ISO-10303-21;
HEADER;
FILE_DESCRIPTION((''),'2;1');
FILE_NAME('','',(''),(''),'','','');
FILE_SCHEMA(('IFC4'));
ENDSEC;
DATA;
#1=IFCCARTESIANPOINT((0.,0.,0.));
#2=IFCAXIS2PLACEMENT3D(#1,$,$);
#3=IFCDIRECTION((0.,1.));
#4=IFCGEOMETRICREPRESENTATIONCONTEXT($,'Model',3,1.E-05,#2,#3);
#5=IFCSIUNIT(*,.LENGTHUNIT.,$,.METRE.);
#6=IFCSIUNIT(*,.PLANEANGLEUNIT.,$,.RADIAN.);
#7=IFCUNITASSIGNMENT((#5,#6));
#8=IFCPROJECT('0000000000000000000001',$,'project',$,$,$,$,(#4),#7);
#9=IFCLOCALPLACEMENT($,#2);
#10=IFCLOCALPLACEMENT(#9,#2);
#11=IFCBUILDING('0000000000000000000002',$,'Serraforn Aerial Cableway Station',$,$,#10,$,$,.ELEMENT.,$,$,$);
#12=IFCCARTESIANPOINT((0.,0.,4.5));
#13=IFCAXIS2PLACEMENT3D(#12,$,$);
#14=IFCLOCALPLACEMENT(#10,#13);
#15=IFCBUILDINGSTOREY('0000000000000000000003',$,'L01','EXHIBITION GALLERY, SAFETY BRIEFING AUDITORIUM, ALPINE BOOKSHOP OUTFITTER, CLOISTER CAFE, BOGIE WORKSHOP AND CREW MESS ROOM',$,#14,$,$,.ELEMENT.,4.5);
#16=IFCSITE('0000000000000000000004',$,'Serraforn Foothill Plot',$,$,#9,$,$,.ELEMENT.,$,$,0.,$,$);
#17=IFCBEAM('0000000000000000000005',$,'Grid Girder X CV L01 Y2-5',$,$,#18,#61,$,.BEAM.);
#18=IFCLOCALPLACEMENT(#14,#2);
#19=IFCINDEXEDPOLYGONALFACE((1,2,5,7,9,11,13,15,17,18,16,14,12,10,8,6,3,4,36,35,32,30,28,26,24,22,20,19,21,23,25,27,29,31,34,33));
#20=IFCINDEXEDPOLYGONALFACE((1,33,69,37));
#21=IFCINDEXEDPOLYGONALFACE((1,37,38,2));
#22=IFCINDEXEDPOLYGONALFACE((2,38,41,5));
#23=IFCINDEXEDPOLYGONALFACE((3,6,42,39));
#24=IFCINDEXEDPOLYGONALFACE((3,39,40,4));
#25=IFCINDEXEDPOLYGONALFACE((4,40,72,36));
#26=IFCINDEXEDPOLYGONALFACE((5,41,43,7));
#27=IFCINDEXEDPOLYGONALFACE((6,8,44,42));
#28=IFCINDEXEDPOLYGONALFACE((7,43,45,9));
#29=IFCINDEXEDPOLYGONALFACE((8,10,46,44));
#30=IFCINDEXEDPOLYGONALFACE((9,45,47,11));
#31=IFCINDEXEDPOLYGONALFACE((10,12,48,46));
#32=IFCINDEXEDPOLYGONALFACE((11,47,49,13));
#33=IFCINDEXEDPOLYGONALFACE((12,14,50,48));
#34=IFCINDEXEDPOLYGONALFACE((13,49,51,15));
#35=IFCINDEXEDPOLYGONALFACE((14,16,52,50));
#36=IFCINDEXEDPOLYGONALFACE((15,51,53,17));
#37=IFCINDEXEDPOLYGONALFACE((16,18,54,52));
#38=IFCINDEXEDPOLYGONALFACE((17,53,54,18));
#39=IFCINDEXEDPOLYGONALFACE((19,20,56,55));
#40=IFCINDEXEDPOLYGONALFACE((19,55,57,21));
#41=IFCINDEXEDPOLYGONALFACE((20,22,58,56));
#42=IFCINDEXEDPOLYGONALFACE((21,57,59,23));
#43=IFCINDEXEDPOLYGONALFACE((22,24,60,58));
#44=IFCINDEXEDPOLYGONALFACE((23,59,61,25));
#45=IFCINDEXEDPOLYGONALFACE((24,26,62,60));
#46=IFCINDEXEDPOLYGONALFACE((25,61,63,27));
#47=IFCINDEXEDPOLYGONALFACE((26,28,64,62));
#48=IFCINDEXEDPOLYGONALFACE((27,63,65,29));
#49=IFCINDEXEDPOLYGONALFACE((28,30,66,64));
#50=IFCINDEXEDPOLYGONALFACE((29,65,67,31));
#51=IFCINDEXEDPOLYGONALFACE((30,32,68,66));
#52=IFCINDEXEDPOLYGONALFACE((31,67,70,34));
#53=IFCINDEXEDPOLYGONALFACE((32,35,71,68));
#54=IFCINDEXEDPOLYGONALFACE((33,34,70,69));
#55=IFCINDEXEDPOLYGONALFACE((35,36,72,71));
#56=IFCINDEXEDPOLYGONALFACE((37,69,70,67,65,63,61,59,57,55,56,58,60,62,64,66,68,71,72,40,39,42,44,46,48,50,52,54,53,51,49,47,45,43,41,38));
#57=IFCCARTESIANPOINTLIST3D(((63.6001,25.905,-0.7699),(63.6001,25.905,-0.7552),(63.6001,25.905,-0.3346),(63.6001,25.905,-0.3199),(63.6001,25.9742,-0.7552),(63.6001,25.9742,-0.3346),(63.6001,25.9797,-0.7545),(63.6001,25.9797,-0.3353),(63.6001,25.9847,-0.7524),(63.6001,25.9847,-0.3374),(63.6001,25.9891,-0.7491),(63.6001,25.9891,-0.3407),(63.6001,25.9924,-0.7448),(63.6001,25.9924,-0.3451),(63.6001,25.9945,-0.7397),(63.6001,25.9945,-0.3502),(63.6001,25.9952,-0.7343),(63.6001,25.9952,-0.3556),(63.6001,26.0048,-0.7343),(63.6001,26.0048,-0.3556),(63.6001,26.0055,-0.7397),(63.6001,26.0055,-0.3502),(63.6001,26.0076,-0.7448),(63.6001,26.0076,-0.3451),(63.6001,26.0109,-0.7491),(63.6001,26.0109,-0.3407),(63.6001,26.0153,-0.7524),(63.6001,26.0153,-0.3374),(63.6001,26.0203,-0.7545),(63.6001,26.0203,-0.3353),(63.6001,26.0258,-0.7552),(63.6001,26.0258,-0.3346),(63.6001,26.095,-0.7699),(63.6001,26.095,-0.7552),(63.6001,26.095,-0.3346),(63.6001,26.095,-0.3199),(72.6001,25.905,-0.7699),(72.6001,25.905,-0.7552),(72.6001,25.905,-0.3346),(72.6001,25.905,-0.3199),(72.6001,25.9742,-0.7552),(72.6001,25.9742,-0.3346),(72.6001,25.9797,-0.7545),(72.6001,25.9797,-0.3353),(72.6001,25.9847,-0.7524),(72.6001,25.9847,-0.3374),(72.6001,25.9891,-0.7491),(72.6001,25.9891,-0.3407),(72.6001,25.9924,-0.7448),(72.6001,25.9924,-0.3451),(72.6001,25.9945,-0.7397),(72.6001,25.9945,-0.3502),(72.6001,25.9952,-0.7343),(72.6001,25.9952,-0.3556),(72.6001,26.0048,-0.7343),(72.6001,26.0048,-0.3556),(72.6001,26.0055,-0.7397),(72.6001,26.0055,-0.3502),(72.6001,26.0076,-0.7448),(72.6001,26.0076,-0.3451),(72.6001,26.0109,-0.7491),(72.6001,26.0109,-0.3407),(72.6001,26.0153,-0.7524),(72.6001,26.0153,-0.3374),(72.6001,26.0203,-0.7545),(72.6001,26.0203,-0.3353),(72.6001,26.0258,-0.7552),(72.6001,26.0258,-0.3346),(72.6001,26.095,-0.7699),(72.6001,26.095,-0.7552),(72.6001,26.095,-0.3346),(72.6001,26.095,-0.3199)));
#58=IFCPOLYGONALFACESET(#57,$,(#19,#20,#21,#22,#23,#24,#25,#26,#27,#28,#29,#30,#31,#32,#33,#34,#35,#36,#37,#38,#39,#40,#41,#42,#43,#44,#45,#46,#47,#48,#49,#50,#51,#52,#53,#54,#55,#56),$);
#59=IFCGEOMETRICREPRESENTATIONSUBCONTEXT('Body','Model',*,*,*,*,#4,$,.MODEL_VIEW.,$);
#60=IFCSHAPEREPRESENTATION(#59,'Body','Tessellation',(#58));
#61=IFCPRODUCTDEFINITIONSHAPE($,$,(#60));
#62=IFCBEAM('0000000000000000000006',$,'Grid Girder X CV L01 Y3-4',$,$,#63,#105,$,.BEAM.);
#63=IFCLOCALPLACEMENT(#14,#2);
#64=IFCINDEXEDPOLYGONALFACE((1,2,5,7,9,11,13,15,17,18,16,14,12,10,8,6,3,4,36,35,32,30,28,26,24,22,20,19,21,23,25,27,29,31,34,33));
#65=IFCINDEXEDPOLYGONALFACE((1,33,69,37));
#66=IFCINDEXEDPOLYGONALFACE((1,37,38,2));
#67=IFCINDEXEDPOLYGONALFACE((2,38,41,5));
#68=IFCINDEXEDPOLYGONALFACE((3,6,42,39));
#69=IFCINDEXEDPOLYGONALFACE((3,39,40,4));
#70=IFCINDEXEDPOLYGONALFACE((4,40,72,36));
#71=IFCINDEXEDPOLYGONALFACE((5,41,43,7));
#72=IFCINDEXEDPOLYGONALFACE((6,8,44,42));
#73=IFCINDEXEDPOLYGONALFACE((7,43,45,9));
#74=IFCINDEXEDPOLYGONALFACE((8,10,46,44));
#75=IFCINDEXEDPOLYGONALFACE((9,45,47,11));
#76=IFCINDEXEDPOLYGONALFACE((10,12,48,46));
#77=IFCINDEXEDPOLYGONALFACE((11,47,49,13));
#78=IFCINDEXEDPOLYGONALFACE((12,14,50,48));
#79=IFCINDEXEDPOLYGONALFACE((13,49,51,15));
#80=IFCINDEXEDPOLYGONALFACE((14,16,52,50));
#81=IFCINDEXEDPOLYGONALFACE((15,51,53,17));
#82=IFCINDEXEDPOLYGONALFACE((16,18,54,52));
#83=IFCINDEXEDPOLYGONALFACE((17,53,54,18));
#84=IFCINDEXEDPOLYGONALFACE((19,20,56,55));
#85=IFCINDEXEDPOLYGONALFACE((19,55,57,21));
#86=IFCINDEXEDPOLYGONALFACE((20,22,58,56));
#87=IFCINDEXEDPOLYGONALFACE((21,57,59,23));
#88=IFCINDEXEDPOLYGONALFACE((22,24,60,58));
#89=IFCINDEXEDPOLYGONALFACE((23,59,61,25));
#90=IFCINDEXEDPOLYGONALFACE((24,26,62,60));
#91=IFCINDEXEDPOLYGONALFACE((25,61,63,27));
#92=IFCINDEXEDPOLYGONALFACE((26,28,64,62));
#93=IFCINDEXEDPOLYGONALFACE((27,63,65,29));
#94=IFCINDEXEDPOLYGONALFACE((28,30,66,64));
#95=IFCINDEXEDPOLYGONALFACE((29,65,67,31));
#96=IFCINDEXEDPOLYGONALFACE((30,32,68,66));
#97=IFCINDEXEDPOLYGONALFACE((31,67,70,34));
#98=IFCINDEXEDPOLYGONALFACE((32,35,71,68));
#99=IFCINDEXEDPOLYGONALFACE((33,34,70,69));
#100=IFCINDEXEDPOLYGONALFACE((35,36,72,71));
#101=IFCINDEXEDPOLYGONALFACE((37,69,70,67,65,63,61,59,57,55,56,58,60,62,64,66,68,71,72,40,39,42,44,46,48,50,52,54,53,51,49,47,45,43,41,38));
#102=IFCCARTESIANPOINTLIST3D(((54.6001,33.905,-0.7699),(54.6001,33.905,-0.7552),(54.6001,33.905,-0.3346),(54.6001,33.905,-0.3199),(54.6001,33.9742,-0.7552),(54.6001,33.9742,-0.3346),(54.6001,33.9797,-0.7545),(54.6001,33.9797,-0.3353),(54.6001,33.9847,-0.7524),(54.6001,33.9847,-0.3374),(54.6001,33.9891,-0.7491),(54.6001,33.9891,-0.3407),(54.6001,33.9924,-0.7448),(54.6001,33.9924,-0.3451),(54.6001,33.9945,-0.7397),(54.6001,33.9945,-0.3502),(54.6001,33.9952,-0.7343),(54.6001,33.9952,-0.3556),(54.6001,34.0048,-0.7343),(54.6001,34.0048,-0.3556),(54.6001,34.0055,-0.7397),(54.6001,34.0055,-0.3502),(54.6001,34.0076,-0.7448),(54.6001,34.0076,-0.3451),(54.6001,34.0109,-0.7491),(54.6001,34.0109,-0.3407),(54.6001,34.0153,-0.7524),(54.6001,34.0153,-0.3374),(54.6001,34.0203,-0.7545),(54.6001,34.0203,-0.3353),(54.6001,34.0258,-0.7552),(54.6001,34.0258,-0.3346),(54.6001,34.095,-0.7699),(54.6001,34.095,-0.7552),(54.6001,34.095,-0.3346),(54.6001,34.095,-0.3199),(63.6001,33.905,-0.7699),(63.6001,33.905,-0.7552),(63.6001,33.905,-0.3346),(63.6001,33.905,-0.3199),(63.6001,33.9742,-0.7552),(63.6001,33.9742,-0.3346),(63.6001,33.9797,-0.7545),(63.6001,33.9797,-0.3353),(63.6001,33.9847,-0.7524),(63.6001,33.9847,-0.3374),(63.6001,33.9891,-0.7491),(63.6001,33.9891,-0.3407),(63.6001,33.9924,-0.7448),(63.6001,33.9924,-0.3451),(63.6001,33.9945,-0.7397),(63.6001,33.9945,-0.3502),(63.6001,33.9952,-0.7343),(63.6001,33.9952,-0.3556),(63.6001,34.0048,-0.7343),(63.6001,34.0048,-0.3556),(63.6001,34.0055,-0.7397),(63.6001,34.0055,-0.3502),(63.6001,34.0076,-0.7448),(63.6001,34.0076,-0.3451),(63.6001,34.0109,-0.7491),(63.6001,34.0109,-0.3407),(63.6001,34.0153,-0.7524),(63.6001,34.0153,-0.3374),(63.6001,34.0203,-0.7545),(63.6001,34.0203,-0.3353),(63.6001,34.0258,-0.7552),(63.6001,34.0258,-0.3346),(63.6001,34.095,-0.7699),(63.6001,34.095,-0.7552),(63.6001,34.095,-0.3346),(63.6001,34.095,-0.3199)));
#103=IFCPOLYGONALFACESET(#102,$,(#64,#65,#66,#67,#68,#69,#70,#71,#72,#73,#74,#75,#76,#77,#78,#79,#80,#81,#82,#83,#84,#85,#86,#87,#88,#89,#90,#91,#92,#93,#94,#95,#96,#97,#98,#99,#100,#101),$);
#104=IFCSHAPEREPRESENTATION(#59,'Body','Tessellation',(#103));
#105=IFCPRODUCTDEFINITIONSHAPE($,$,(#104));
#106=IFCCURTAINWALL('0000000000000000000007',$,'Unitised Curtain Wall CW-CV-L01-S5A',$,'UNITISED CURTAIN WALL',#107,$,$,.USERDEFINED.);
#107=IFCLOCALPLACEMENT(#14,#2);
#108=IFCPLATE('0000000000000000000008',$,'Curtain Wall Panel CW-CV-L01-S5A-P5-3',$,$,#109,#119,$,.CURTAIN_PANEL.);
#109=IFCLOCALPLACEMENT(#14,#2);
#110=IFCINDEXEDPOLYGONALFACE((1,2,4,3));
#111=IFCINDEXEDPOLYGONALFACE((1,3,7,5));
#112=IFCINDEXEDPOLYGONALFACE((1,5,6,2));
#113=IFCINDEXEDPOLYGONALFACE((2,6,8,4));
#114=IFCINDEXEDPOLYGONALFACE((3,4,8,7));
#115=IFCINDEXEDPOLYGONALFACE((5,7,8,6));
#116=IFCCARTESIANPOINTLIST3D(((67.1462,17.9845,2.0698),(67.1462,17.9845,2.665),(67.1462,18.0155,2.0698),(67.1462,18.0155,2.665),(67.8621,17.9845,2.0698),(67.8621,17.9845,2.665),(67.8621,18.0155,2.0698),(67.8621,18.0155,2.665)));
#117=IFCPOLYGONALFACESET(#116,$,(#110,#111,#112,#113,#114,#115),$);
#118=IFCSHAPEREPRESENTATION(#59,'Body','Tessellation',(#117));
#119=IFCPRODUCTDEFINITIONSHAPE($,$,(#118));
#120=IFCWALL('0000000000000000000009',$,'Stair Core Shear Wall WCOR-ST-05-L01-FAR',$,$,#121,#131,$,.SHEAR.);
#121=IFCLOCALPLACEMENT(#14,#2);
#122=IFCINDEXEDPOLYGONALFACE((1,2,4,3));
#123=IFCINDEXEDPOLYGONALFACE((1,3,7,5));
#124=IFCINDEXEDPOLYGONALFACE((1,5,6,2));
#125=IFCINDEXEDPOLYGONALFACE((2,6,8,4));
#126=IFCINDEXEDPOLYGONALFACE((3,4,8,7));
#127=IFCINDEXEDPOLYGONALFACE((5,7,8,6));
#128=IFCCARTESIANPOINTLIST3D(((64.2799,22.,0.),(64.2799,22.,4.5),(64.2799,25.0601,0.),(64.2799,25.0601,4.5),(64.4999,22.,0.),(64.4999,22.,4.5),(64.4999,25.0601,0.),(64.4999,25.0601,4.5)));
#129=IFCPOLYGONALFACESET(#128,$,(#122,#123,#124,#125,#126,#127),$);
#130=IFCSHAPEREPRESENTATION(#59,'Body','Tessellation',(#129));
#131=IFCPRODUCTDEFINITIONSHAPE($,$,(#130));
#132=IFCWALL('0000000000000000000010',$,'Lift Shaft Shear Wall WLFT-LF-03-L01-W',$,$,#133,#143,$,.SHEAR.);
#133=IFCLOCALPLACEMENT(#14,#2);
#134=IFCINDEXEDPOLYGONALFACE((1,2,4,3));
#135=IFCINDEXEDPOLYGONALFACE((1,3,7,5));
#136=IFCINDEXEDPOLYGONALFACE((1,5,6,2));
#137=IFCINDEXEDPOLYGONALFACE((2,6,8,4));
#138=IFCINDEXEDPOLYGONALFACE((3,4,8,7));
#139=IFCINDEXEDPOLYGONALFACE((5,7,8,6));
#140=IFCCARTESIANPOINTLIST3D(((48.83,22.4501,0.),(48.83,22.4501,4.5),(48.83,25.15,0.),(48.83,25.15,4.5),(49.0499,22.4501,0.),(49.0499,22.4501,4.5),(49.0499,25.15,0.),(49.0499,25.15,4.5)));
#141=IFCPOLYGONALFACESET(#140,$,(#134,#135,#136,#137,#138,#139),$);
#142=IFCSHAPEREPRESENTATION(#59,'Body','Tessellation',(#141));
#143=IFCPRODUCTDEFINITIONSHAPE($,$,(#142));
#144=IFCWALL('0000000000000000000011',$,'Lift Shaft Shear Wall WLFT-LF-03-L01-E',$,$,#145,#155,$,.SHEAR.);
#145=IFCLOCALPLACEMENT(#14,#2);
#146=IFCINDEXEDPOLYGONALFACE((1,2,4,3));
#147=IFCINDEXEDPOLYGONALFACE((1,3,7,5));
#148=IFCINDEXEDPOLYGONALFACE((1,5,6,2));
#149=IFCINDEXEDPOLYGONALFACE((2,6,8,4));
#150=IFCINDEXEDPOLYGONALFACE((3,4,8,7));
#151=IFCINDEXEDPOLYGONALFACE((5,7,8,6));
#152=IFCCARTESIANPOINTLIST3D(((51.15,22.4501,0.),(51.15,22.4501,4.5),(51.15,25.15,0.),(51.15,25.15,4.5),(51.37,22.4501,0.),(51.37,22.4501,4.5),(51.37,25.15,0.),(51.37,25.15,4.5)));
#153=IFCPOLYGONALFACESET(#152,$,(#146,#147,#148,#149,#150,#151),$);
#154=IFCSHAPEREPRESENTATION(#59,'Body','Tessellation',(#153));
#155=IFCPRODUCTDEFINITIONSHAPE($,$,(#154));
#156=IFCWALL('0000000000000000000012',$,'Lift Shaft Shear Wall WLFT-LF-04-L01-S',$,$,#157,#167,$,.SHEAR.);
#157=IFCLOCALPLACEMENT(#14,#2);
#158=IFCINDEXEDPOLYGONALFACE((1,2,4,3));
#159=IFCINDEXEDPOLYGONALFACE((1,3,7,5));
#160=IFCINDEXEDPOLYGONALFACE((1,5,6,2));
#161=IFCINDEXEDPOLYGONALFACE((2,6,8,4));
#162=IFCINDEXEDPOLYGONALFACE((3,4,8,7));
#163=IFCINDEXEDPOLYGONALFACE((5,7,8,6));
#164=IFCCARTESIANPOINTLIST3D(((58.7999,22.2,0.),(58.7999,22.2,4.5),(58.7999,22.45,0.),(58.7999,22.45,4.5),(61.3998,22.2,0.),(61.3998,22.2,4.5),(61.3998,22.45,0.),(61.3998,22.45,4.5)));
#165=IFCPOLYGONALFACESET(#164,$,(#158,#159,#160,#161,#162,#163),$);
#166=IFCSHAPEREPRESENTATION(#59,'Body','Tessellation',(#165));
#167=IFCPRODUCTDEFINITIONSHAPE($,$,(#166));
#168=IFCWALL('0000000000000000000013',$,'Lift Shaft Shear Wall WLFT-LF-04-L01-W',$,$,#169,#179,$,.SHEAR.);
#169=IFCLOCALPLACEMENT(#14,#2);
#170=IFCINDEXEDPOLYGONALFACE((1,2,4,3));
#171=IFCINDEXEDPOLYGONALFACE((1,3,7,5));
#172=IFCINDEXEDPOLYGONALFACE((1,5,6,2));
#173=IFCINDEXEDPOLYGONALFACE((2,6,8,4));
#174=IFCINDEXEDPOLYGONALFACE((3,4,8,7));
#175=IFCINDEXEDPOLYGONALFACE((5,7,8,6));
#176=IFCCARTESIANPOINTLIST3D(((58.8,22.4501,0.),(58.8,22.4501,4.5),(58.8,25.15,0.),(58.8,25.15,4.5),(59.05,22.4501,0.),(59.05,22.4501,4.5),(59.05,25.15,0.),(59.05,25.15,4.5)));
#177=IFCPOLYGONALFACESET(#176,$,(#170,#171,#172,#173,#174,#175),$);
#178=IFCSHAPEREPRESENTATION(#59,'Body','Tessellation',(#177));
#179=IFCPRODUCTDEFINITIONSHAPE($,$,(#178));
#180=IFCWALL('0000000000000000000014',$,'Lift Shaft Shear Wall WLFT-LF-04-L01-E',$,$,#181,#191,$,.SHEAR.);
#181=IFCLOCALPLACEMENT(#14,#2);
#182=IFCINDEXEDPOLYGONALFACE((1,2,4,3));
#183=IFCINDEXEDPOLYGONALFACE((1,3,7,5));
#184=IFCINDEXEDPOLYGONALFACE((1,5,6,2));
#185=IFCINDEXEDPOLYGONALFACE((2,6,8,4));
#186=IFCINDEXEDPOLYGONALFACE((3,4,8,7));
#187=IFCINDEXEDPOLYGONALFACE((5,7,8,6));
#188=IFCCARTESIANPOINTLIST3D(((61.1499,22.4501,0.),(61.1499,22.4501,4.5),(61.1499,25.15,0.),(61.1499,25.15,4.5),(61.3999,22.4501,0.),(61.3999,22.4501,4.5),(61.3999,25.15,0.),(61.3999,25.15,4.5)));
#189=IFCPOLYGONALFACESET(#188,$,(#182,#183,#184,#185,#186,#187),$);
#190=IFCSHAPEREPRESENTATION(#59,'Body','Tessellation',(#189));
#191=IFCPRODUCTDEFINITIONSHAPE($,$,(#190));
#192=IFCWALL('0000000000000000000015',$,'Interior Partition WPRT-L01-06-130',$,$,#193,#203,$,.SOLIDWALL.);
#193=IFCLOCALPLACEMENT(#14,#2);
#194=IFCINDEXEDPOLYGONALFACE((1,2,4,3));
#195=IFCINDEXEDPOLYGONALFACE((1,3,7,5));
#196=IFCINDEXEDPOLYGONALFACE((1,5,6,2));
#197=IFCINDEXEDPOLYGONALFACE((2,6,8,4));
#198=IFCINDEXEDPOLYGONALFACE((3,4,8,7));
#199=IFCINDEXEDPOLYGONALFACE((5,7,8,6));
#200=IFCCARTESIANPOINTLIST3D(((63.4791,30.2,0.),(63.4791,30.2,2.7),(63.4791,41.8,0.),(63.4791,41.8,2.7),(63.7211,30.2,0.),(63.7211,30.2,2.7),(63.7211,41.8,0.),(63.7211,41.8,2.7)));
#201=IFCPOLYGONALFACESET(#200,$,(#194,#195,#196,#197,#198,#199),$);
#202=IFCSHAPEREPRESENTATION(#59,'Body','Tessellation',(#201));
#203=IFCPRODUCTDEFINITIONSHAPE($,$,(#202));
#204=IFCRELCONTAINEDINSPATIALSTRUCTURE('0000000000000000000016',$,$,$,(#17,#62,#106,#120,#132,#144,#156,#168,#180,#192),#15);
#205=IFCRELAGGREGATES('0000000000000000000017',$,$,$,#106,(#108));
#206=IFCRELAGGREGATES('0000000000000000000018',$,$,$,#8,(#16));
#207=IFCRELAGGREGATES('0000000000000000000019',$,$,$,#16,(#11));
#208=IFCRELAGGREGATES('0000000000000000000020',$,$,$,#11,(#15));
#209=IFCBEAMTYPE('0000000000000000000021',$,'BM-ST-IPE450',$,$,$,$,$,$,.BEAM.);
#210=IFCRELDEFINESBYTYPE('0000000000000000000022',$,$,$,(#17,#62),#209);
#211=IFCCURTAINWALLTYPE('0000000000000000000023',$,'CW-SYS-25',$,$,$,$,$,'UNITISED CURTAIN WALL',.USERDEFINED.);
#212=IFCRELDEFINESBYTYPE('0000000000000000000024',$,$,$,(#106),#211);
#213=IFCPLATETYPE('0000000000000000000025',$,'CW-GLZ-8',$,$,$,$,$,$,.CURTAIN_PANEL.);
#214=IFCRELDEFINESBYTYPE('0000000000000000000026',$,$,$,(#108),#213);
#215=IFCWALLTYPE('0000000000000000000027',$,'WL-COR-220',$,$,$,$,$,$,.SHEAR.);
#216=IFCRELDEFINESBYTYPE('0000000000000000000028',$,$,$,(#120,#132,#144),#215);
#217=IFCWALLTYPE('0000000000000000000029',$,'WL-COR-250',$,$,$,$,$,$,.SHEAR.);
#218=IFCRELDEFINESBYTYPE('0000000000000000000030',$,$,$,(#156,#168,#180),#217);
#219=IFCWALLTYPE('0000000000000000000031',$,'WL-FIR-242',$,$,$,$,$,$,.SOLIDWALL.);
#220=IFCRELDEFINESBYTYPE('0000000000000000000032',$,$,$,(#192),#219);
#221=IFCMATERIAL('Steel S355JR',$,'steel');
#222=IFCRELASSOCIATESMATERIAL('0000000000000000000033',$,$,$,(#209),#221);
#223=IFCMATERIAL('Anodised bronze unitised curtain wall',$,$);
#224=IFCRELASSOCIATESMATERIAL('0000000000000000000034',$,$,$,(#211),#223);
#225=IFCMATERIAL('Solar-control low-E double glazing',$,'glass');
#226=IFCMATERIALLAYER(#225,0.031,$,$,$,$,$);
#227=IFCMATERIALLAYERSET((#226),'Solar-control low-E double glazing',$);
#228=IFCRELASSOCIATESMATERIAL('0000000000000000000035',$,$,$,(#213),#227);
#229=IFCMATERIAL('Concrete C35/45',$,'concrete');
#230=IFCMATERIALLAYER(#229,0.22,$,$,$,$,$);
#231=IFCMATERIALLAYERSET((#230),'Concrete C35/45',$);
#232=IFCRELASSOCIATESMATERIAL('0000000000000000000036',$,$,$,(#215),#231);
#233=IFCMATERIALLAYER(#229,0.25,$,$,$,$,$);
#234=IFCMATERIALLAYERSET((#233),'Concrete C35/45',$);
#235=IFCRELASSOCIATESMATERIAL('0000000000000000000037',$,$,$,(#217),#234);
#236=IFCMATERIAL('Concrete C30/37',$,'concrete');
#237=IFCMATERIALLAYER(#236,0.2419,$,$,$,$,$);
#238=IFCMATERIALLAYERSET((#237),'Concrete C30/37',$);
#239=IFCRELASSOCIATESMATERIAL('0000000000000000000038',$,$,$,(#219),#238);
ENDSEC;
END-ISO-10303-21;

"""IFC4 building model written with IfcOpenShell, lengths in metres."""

from ifc_helpers import new_model, si_unit, direction, frame, frame_2d, origin, origin_2d, place, context, subcontext, project, spatial, rectangle, i_section, extrude, material, layer, layer_set, material_profile, profile_set, type_object, element, aggregate, save


model = new_model("IFC4")

# Units and contexts
model_context = context("Model", 3, precision=1e-05, world=origin(), true_north=direction((0.0, 1.0)))
body_context = subcontext(model_context, "Body", "Model", "MODEL_VIEW")
ifc_project = project(units=[si_unit("LENGTHUNIT", "METRE"), si_unit("PLANEANGLEUNIT", "RADIAN")], contexts=[model_context])

# Site, building, storey
site_placement = place(None, origin())
site = spatial("IfcSite", under=ifc_project, at=site_placement, Name="Serraforn Foothill Plot", CompositionType="ELEMENT", RefElevation=0.0)
building_placement = place(site_placement, origin())
building = spatial("IfcBuilding", under=site, at=building_placement, Name="Serraforn Aerial Cableway Station", CompositionType="ELEMENT")
storey_placement = place(building_placement, frame((0.0, 0.0, 4.5)))
storey = spatial("IfcBuildingStorey", under=building, at=storey_placement, Name="L01", Description="EXHIBITION GALLERY, SAFETY BRIEFING AUDITORIUM, ALPINE BOOKSHOP OUTFITTER, CLOISTER CAFE, BOGIE WORKSHOP AND CREW MESS ROOM", CompositionType="ELEMENT", Elevation=4.5)

# Shared definitions
ifc_material_1 = material(Name="Concrete C35/45", Category="concrete")

# Beams
ifc_material_2 = material(Name="Steel S355JR", Category="steel")
ifc_material_profile_1 = material_profile(ifc_material_2, i_section(OverallWidth=0.1899, OverallDepth=0.45, WebThickness=0.0095, FlangeThickness=0.0146, FilletRadius=0.021, at=origin_2d()), Name="IPE 450")
ifc_profile_set_1 = profile_set([ifc_material_profile_1], Name="Steel S355JR")
beam_type_1 = type_object("IfcBeamType", Name="BM-ST-IPE450", PredefinedType="BEAM", material=ifc_profile_set_1)
for number, where, z_axis, x_axis, name in (
    (1, (63.6001, 26.0, -0.5449), (1.0, 0.0, 0.0), (0.0, 1.0, 0.0), "Grid Girder X CV L01 Y2-5"),
    (2, (54.6001, 34.0, -0.5449), (1.0, 0.0, 0.0), (0.0, 1.0, 0.0), "Grid Girder X CV L01 Y3-4"),
):
    element("IfcBeam", number, at=place(storey_placement, frame(where, z_axis=z_axis, x_axis=x_axis)), inside=storey, type_object=beam_type_1, Name=name, PredefinedType="BEAM", context=body_context, shape_type="SweptSolid", body=[
        extrude(i_section(OverallWidth=0.1899, OverallDepth=0.45, WebThickness=0.0095, FlangeThickness=0.0146, FilletRadius=0.021, at=origin_2d()), origin(), (0.0, 0.0, 1.0), 9.0),
    ])

# Curtain wall, plate
ifc_material_3 = material(Name="Anodised bronze unitised curtain wall")
curtain_wall_type = type_object("IfcCurtainWallType", Name="CW-SYS-25", ElementType="UNITISED CURTAIN WALL", PredefinedType="USERDEFINED", material=ifc_material_3)
curtain_wall_placement = place(storey_placement, origin())
curtain_wall = element("IfcCurtainWall", 3, at=curtain_wall_placement, inside=storey, type_object=curtain_wall_type, Name="Unitised Curtain Wall CW-CV-L01-S5A", ObjectType="UNITISED CURTAIN WALL", PredefinedType="USERDEFINED")
ifc_material_4 = material(Name="Solar-control low-E double glazing", Category="glass")
ifc_layer_1 = layer(ifc_material_4, 0.031)
ifc_layer_set_1 = layer_set([ifc_layer_1], Name="Solar-control low-E double glazing")
plate_type = type_object("IfcPlateType", Name="CW-GLZ-8", PredefinedType="CURTAIN_PANEL", material=ifc_layer_set_1)
plate_placement = place(storey_placement, frame((67.5042, 18.0, 2.0698), z_axis=(0.0, 0.0, 1.0), x_axis=(1.0, 0.0, 0.0)))
plate = element("IfcPlate", 4, at=plate_placement, type_object=plate_type, Name="Curtain Wall Panel CW-CV-L01-S5A-P5-3", PredefinedType="CURTAIN_PANEL", context=body_context, shape_type="SweptSolid", body=[
    extrude(rectangle(XDim=0.7158, YDim=0.031, at=origin_2d()), origin(), (0.0, 0.0, 1.0), 0.5952),
])
aggregate(curtain_wall, [plate])

# Wall
ifc_layer_2 = layer(ifc_material_1, 0.22)
ifc_layer_set_2 = layer_set([ifc_layer_2], Name="Concrete C35/45")
wall_type_1 = type_object("IfcWallType", Name="WL-COR-220", PredefinedType="SHEAR", material=ifc_layer_set_2)
wall_1_placement = place(storey_placement, frame((64.3899, 25.0601, 0.0), z_axis=(0.0, 0.0, 1.0), x_axis=(0.0, -1.0, 0.0)))
element("IfcWall", 5, at=wall_1_placement, inside=storey, type_object=wall_type_1, Name="Stair Core Shear Wall WCOR-ST-05-L01-FAR", PredefinedType="SHEAR", context=body_context, shape_type="SweptSolid", body=[
    extrude(rectangle(XDim=3.0601, YDim=0.22, at=frame_2d((1.53, 0.0))), origin(), (0.0, 0.0, 1.0), 4.5),
])

# Walls
for number, where, z_axis, x_axis, name in (
    (6, (48.9399, 22.45, 0.0), (0.0, 0.0, 1.0), (0.0, 1.0, 0.0), "Lift Shaft Shear Wall WLFT-LF-03-L01-W"),
    (7, (51.26, 22.45, 0.0), (0.0, 0.0, 1.0), (0.0, 1.0, 0.0), "Lift Shaft Shear Wall WLFT-LF-03-L01-E"),
):
    element("IfcWall", number, at=place(storey_placement, frame(where, z_axis=z_axis, x_axis=x_axis)), inside=storey, type_object=wall_type_1, Name=name, PredefinedType="SHEAR", context=body_context, shape_type="SweptSolid", body=[
        extrude(rectangle(XDim=2.7, YDim=0.22, at=frame_2d((1.3501, 0.0))), origin(), (0.0, 0.0, 1.0), 4.5),
    ])
ifc_layer_3 = layer(ifc_material_1, 0.25)
ifc_layer_set_3 = layer_set([ifc_layer_3], Name="Concrete C35/45")
wall_type_2 = type_object("IfcWallType", Name="WL-COR-250", PredefinedType="SHEAR", material=ifc_layer_set_3)
wall_2_placement = place(storey_placement, frame((58.8, 22.325, 0.0), z_axis=(0.0, 0.0, 1.0), x_axis=(1.0, 0.0, 0.0)))
element("IfcWall", 8, at=wall_2_placement, inside=storey, type_object=wall_type_2, Name="Lift Shaft Shear Wall WLFT-LF-04-L01-S", PredefinedType="SHEAR", context=body_context, shape_type="SweptSolid", body=[
    extrude(rectangle(XDim=2.5999, YDim=0.25, at=frame_2d((1.2998, 0.0))), origin(), (0.0, 0.0, 1.0), 4.5),
])

# Walls
for number, where, z_axis, x_axis, name in (
    (9, (58.925, 22.45, 0.0), (0.0, 0.0, 1.0), (0.0, 1.0, 0.0), "Lift Shaft Shear Wall WLFT-LF-04-L01-W"),
    (10, (61.2749, 22.45, 0.0), (0.0, 0.0, 1.0), (0.0, 1.0, 0.0), "Lift Shaft Shear Wall WLFT-LF-04-L01-E"),
):
    element("IfcWall", number, at=place(storey_placement, frame(where, z_axis=z_axis, x_axis=x_axis)), inside=storey, type_object=wall_type_2, Name=name, PredefinedType="SHEAR", context=body_context, shape_type="SweptSolid", body=[
        extrude(rectangle(XDim=2.7, YDim=0.25, at=frame_2d((1.3501, 0.0))), origin(), (0.0, 0.0, 1.0), 4.5),
    ])
ifc_material_5 = material(Name="Concrete C30/37", Category="concrete")
ifc_layer_4 = layer(ifc_material_5, 0.2419)
ifc_layer_set_4 = layer_set([ifc_layer_4], Name="Concrete C30/37")
wall_type_3 = type_object("IfcWallType", Name="WL-FIR-242", PredefinedType="SOLIDWALL", material=ifc_layer_set_4)
wall_3_placement = place(storey_placement, frame((63.6001, 41.8, 0.0), z_axis=(0.0, 0.0, 1.0), x_axis=(0.0, -1.0, 0.0)))
element("IfcWall", 11, at=wall_3_placement, inside=storey, type_object=wall_type_3, Name="Interior Partition WPRT-L01-06-130", PredefinedType="SOLIDWALL", context=body_context, shape_type="SweptSolid", body=[
    extrude(rectangle(XDim=11.6001, YDim=0.2419, at=frame_2d((5.8, 0.0))), origin(), (0.0, 0.0, 1.0), 2.7),
])

save(model, "model.ifc")
